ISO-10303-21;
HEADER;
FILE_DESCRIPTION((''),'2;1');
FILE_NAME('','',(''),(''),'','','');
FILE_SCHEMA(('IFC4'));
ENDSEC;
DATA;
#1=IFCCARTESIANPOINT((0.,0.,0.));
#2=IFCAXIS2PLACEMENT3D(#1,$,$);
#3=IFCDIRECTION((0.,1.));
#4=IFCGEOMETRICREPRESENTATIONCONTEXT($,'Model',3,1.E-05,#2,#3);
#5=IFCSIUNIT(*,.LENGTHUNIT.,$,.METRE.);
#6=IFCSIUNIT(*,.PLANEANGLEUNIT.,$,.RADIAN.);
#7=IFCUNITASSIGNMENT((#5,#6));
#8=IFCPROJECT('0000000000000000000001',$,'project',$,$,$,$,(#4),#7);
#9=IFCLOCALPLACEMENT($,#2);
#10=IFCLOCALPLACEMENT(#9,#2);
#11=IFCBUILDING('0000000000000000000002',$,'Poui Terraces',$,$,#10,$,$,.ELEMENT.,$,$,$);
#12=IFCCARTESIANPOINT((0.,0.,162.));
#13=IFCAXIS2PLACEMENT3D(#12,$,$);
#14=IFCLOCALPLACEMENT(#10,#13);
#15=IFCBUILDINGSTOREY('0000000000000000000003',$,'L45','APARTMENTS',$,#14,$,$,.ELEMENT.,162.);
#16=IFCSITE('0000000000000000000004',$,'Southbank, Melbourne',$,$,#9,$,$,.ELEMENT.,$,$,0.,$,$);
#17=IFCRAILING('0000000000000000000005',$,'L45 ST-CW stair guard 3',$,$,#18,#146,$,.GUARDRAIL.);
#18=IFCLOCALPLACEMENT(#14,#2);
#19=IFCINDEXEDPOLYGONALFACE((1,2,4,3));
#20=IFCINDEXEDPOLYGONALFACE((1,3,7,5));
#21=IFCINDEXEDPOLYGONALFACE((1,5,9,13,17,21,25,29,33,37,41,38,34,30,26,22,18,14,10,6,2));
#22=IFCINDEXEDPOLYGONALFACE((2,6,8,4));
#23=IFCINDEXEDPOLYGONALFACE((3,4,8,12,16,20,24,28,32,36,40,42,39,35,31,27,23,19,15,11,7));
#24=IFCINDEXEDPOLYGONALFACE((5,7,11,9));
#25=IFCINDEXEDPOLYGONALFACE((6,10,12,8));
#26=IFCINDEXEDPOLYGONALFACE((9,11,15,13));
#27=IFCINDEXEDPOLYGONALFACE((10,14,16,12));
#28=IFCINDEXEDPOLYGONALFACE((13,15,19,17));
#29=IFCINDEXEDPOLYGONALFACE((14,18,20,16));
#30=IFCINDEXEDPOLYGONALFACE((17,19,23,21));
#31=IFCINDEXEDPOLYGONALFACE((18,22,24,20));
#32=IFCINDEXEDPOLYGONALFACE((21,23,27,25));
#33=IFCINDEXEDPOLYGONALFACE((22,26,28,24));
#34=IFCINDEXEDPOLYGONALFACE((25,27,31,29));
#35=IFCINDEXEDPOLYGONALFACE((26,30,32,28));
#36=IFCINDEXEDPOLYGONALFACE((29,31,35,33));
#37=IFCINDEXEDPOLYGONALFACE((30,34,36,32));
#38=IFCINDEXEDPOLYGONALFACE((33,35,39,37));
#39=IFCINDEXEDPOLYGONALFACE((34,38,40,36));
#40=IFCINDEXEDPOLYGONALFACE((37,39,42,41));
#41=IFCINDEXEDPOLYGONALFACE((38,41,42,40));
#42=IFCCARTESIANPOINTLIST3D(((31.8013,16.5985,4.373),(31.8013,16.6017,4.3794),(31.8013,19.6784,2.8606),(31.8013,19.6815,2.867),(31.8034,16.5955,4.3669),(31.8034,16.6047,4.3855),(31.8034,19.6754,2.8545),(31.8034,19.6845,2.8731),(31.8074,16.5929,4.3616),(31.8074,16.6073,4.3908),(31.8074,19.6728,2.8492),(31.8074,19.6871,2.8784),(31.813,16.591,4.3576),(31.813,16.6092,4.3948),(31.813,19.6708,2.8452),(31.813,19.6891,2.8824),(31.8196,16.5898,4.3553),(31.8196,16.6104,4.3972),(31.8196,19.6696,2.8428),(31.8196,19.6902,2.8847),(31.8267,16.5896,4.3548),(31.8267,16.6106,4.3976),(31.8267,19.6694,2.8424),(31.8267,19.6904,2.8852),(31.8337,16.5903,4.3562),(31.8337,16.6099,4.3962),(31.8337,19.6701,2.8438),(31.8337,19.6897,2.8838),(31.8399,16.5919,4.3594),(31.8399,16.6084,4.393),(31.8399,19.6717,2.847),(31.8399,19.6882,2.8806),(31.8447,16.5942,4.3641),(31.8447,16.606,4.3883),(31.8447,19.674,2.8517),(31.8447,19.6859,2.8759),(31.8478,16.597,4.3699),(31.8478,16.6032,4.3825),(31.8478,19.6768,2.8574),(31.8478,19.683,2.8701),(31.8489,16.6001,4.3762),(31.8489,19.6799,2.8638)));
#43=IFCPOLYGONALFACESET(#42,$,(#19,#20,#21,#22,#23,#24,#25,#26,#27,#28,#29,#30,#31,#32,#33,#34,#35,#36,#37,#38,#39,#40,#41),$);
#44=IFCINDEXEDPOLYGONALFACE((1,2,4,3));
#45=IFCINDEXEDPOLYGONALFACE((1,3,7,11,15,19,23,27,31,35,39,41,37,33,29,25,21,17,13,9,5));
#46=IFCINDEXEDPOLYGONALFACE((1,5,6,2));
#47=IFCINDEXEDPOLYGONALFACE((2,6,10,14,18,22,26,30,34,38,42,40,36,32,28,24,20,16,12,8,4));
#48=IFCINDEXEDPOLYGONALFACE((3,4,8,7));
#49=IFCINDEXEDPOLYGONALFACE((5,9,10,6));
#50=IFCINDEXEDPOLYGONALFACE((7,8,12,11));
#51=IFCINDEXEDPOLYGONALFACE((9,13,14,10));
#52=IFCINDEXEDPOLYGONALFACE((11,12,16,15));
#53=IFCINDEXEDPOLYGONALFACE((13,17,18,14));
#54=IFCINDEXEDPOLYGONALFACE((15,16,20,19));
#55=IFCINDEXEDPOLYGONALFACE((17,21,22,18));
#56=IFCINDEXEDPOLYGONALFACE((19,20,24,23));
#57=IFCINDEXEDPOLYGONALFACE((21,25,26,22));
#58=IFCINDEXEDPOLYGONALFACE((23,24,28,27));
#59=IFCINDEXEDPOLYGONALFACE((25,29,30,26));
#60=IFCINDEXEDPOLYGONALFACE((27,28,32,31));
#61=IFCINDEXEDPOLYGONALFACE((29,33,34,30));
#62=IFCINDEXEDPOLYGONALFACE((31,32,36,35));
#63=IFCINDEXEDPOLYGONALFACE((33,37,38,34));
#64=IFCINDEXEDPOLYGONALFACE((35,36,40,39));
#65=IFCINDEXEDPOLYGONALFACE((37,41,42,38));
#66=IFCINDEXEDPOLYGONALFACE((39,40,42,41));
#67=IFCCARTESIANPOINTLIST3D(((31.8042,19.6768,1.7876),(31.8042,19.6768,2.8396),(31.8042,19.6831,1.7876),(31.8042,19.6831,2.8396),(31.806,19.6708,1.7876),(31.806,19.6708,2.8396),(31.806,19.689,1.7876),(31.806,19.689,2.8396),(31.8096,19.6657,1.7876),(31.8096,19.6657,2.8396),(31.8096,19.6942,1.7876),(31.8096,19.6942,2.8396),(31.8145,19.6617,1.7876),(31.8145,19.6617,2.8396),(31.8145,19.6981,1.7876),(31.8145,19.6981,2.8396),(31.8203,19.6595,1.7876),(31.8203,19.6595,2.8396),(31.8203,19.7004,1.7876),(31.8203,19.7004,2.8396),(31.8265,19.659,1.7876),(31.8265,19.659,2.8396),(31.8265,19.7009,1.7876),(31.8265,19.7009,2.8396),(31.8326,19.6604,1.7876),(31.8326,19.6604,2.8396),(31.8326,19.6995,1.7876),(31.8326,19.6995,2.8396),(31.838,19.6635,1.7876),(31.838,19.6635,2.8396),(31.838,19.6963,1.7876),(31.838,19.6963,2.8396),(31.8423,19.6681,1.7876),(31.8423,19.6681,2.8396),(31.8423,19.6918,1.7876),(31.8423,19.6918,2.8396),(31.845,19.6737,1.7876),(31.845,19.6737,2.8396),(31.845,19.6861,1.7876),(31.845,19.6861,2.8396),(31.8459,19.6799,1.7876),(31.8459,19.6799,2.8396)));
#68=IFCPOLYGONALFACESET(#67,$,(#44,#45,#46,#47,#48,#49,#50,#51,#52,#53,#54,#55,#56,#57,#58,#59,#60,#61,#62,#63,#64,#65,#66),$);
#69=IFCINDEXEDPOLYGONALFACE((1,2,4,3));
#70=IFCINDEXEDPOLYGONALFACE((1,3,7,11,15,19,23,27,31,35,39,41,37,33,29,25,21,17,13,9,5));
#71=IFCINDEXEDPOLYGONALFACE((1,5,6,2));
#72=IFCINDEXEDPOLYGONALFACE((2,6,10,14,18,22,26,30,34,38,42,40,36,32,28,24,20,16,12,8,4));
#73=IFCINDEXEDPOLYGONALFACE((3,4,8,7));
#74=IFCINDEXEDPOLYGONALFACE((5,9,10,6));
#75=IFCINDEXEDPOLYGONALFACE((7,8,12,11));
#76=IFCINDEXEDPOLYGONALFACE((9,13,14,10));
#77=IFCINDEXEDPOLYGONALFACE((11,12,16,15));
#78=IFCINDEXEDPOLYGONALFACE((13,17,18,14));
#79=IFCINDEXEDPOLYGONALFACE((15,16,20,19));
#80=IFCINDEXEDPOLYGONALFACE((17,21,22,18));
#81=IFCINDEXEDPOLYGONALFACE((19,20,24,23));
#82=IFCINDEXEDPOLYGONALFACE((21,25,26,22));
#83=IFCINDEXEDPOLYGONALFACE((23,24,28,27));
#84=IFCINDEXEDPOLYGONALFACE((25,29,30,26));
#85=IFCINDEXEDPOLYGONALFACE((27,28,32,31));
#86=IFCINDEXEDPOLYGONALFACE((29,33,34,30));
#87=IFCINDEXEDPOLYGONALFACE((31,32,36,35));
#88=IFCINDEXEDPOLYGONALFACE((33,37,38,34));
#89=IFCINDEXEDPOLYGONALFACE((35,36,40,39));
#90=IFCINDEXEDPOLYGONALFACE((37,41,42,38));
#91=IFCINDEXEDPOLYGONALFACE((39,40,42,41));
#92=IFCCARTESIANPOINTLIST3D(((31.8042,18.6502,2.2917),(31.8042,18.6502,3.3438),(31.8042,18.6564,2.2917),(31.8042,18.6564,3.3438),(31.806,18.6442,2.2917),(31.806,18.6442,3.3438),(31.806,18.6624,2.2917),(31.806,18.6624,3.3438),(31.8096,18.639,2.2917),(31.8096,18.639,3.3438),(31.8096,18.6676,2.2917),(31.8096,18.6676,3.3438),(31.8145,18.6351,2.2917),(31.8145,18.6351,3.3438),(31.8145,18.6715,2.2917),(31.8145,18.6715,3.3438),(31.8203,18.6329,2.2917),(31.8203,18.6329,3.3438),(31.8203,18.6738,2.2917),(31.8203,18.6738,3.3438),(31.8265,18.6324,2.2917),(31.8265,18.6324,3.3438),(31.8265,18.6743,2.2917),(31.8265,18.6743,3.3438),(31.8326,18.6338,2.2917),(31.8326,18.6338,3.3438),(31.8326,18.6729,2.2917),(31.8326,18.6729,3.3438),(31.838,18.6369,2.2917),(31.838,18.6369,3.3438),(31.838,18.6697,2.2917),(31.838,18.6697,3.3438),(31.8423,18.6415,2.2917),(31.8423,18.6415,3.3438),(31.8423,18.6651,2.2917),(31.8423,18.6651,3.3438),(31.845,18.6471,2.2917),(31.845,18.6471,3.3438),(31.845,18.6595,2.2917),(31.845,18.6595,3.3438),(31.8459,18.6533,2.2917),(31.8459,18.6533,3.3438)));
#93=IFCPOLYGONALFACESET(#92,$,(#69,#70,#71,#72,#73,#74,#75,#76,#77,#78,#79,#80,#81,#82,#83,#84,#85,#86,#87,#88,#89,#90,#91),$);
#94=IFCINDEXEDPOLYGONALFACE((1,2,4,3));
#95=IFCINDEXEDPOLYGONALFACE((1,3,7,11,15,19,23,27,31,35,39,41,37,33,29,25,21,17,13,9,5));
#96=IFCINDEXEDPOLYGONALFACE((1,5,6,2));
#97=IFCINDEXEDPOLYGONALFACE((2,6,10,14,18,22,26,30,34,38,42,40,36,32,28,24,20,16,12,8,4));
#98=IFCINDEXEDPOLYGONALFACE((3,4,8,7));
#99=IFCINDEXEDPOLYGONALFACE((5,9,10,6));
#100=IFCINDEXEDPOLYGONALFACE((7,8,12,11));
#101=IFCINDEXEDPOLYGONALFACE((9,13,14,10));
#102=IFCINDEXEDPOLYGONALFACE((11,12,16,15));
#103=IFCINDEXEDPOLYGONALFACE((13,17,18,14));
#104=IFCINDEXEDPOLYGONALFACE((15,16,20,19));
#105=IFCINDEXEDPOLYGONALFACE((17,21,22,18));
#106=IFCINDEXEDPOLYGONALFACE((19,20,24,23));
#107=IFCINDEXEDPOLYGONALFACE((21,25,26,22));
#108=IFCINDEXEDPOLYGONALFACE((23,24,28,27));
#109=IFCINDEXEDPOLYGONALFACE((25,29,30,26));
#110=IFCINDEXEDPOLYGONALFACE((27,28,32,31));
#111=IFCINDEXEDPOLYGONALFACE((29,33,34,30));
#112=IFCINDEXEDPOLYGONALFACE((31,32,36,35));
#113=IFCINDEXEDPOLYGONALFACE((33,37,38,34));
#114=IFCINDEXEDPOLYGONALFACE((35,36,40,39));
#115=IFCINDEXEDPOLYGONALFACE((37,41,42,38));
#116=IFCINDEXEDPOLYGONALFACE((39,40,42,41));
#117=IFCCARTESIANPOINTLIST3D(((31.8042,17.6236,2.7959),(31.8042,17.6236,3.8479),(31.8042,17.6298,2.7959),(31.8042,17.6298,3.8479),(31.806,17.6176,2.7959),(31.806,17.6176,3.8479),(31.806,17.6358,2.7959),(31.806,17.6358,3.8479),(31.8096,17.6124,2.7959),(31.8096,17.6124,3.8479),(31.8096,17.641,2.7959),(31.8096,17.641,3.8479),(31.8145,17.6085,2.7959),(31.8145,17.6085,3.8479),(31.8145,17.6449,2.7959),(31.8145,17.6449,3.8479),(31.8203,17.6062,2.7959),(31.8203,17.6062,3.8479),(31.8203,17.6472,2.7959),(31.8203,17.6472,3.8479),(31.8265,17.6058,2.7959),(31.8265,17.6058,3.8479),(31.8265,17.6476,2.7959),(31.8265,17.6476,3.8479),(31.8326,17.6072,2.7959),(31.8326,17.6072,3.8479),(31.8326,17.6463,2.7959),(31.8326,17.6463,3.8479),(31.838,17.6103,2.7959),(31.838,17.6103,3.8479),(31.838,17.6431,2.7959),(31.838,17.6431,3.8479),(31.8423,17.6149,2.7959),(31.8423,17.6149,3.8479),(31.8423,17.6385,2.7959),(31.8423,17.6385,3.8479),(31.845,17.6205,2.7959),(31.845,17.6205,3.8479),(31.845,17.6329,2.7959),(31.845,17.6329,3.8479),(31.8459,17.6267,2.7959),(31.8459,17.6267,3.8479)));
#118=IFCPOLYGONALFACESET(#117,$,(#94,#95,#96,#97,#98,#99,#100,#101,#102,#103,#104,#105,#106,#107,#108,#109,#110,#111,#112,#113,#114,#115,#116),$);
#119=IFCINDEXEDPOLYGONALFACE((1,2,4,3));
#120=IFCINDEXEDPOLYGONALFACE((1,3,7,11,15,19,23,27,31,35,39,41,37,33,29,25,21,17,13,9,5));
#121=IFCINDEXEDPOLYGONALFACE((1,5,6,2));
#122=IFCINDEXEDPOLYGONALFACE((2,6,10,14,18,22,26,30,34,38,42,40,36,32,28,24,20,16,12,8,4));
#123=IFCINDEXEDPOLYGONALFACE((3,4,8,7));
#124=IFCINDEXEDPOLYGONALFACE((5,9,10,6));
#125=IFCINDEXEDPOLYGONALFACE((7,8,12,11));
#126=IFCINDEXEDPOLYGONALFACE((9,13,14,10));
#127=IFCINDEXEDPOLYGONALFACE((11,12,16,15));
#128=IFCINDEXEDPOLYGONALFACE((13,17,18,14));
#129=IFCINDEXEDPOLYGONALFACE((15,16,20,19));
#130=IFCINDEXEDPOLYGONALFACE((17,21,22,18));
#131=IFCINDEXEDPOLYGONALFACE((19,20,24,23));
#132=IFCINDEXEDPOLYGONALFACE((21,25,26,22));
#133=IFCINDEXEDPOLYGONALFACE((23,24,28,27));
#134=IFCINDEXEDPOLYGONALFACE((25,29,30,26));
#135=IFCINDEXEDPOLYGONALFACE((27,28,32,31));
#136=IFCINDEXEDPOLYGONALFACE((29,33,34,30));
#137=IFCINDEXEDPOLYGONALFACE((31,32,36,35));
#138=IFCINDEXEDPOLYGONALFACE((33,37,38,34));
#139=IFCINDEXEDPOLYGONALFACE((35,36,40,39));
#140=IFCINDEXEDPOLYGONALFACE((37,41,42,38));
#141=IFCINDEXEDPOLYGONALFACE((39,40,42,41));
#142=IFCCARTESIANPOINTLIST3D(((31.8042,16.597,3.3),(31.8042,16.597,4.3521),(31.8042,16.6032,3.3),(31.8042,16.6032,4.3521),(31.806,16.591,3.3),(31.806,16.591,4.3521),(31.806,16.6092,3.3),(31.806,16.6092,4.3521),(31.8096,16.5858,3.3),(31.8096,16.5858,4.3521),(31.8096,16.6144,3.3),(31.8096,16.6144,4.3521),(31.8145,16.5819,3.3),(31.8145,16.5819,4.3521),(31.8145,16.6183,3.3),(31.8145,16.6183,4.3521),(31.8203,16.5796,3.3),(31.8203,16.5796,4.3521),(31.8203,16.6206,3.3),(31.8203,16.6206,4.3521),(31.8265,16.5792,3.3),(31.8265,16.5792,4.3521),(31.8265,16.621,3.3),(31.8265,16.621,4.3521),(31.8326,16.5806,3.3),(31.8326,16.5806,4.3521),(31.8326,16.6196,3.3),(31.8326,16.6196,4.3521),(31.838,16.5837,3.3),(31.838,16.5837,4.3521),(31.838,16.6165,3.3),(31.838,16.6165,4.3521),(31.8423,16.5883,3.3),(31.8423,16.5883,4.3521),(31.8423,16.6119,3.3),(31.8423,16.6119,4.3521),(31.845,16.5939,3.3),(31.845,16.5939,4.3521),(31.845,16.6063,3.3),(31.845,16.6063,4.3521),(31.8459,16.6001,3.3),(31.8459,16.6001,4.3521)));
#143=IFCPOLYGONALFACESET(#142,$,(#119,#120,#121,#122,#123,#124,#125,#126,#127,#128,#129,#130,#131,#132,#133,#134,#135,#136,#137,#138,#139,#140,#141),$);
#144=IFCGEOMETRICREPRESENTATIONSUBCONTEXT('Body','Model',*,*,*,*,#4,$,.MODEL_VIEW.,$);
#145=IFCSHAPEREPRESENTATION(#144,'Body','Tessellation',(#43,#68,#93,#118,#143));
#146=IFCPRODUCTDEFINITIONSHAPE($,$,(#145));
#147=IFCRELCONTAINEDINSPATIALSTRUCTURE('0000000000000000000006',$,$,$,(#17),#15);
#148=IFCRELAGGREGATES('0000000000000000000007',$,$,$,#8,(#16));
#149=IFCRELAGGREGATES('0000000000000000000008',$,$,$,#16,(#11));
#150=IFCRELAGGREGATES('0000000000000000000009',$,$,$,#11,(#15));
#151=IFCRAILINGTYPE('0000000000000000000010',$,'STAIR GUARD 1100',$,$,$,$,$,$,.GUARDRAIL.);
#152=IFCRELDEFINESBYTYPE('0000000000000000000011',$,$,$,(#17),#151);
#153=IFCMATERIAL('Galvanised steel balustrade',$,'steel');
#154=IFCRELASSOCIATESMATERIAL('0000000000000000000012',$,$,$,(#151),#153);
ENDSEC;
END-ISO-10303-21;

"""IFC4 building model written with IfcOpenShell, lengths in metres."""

from ifc_helpers import new_model, si_unit, direction, frame, origin, origin_2d, place, context, subcontext, project, spatial, circle, extrude, material, type_object, element, save


model = new_model("IFC4")

# Units and contexts
model_context = context("Model", 3, precision=1e-05, world=origin(), true_north=direction((0.0, 1.0)))
body_context = subcontext(model_context, "Body", "Model", "MODEL_VIEW")
ifc_project = project(units=[si_unit("LENGTHUNIT", "METRE"), si_unit("PLANEANGLEUNIT", "RADIAN")], contexts=[model_context])

# Site, building, storey
site_placement = place(None, origin())
site = spatial("IfcSite", under=ifc_project, at=site_placement, Name="Southbank, Melbourne", CompositionType="ELEMENT", RefElevation=0.0)
building_placement = place(site_placement, origin())
building = spatial("IfcBuilding", under=site, at=building_placement, Name="Poui Terraces", CompositionType="ELEMENT")
storey_placement = place(building_placement, frame((0.0, 0.0, 162.0)))
storey = spatial("IfcBuildingStorey", under=building, at=storey_placement, Name="L45", Description="APARTMENTS", CompositionType="ELEMENT", Elevation=162.0)

# Railing
ifc_material_1 = material(Name="Galvanised steel balustrade", Category="steel")
railing_type_1 = type_object("IfcRailingType", Name="STAIR GUARD 1100", PredefinedType="GUARDRAIL", material=ifc_material_1)
railing_1_placement = place(storey_placement, frame((31.825, 19.6799, 1.7876)))
element("IfcRailing", 1, at=railing_1_placement, inside=storey, type_object=railing_type_1, Name="L45 ST-CW stair guard 3", PredefinedType="GUARDRAIL", context=body_context, shape_type="SweptSolid", body=[
    extrude(circle(Radius=0.0239, at=origin_2d()), frame((0.0, 0.0, 1.0762), z_axis=(0.0, -0.897606, 0.440798), x_axis=(1.0, 0.0, 0.0)), (0.0, 0.0, 1.0), 3.4312),
    extrude(circle(Radius=0.021, at=origin_2d()), origin(), (0.0, 0.0, 1.0), 1.052),
    extrude(circle(Radius=0.021, at=origin_2d()), frame((0.0, -1.0266, 0.5042)), (0.0, 0.0, 1.0), 1.052),
    extrude(circle(Radius=0.021, at=origin_2d()), frame((0.0, -2.0532, 1.0083)), (0.0, 0.0, 1.0), 1.052),
    extrude(circle(Radius=0.021, at=origin_2d()), frame((0.0, -3.0798, 1.5125)), (0.0, 0.0, 1.0), 1.052),
])

save(model, "model.ifc")
